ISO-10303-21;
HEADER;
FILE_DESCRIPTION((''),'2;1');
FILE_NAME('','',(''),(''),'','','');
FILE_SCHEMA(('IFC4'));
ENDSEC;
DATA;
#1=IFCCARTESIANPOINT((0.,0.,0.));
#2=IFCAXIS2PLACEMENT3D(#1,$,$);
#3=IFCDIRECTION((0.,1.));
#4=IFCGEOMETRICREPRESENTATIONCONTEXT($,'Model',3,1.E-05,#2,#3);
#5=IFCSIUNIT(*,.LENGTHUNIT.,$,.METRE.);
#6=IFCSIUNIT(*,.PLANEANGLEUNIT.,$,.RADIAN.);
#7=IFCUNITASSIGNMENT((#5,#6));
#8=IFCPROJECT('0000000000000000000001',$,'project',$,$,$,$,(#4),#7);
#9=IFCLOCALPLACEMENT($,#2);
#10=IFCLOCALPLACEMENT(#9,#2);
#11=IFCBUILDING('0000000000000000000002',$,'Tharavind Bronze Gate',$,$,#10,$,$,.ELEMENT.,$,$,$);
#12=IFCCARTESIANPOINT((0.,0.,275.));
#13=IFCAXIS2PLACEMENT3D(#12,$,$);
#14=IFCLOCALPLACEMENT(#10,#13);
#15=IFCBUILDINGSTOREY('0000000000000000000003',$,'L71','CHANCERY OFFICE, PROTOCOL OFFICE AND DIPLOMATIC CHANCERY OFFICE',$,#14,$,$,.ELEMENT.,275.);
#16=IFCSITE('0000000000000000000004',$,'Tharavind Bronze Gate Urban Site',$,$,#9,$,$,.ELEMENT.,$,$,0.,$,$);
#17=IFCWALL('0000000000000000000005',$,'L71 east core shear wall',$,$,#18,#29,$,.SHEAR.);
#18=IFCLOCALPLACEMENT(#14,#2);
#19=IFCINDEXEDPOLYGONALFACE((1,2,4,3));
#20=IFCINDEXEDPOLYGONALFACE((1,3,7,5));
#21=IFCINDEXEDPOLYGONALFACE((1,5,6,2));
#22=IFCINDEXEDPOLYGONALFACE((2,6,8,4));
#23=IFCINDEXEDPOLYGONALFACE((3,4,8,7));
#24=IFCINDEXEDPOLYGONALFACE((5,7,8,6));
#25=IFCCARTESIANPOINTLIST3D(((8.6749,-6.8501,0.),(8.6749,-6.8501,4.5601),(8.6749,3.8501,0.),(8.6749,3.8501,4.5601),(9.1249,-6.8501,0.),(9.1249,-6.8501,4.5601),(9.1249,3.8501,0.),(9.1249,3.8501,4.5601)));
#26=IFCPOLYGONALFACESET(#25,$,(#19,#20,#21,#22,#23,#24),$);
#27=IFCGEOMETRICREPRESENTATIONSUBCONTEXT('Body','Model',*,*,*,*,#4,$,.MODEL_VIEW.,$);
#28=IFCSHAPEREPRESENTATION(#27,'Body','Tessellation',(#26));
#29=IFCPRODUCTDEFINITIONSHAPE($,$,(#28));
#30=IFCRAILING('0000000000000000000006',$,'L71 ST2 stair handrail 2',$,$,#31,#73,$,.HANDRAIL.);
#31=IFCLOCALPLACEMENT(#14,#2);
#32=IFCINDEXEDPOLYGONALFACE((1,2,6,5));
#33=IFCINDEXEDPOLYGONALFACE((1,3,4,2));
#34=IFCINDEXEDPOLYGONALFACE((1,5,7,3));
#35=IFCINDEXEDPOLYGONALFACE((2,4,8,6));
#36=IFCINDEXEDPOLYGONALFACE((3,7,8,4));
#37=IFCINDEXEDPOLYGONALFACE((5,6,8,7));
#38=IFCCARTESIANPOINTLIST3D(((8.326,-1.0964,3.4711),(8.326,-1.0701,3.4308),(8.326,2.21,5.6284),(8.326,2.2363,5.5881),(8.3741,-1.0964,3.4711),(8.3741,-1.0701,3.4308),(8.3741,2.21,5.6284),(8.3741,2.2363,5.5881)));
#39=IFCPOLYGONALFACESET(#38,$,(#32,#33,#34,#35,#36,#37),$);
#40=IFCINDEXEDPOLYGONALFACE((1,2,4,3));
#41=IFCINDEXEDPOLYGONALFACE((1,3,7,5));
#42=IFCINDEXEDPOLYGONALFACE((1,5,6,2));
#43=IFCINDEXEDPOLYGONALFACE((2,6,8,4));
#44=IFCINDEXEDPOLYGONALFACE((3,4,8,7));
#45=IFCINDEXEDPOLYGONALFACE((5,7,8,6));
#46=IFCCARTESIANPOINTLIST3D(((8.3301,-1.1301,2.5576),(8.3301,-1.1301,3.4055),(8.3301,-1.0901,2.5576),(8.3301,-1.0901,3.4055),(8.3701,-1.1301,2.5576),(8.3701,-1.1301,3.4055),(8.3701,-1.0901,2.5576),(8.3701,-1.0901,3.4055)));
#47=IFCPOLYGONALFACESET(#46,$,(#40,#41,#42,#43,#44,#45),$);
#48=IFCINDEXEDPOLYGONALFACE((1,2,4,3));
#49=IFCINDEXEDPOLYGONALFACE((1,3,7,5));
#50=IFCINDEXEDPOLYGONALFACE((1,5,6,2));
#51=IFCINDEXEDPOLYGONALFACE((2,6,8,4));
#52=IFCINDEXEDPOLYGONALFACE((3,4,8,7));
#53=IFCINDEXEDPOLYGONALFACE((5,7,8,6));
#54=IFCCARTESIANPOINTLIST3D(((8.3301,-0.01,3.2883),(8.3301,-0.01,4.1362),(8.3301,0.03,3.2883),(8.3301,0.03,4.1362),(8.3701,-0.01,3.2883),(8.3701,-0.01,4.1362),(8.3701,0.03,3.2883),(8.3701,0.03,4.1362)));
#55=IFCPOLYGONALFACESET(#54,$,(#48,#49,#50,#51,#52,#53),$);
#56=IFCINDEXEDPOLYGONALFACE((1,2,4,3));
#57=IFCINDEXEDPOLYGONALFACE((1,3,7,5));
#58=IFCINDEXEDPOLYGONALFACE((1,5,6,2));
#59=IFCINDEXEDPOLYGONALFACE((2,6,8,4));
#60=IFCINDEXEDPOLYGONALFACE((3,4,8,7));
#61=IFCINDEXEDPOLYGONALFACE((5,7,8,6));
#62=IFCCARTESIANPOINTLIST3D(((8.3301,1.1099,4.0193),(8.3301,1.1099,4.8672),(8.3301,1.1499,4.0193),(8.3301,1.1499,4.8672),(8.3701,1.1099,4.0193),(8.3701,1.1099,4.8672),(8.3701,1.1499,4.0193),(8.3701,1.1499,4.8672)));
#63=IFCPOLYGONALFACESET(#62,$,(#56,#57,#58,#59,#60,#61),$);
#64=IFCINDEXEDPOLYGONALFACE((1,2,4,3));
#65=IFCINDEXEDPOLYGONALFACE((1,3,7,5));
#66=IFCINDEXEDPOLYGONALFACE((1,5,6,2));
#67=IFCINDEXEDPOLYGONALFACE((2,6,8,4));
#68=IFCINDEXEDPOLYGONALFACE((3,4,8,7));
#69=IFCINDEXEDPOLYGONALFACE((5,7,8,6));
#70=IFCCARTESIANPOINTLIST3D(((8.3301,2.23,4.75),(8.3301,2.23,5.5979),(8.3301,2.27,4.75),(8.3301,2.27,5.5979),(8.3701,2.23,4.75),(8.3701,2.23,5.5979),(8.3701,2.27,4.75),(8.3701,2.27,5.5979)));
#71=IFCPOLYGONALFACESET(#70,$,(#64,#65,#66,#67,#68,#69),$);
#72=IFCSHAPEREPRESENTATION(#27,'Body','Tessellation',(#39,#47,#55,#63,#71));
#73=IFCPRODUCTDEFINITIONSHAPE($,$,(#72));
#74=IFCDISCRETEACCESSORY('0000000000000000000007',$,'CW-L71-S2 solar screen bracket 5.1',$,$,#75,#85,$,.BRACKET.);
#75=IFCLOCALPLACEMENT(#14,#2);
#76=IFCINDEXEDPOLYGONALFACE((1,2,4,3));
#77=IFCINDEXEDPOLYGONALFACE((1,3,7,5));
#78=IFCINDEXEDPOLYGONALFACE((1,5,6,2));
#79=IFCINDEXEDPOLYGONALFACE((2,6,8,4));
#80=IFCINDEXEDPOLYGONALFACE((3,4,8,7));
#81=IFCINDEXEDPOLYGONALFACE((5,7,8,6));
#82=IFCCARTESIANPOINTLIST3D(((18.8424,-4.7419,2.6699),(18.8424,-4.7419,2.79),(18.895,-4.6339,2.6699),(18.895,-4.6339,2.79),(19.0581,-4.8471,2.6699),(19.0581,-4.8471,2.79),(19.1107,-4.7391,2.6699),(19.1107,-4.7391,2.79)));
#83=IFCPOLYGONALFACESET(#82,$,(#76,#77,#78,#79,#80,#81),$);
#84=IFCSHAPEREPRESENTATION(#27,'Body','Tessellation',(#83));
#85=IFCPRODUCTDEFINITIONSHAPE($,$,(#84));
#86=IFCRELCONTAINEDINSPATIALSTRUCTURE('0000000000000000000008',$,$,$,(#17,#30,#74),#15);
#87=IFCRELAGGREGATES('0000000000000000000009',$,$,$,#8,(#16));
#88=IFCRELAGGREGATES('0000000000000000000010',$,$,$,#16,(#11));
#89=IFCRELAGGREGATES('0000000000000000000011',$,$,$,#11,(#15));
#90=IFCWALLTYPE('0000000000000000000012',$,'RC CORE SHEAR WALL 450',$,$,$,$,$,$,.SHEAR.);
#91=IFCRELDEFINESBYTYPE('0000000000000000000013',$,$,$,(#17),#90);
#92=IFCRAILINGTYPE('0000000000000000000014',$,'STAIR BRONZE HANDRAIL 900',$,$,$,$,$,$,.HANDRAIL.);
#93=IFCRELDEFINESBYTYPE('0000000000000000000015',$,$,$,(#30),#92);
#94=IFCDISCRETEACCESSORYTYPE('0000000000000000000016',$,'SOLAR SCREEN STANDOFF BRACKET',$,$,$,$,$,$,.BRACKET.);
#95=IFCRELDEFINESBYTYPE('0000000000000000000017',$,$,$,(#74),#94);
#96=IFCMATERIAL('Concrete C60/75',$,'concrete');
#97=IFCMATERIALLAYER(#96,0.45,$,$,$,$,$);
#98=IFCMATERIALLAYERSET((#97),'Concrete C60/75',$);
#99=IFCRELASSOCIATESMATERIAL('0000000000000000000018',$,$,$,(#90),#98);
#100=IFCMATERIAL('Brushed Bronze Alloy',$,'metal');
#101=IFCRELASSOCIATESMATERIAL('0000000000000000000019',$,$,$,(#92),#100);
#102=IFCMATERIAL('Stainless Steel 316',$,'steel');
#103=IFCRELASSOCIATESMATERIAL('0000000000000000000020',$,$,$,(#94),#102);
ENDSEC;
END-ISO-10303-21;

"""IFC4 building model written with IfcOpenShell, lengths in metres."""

from ifc_helpers import new_model, si_unit, direction, frame, frame_2d, origin, origin_2d, place, context, subcontext, project, spatial, rectangle, extrude, material, layer, layer_set, type_object, element, save


model = new_model("IFC4")

# Units and contexts
model_context = context("Model", 3, precision=1e-05, world=origin(), true_north=direction((0.0, 1.0)))
body_context = subcontext(model_context, "Body", "Model", "MODEL_VIEW")
ifc_project = project(units=[si_unit("LENGTHUNIT", "METRE"), si_unit("PLANEANGLEUNIT", "RADIAN")], contexts=[model_context])

# Site, building, storey
site_placement = place(None, origin())
site = spatial("IfcSite", under=ifc_project, at=site_placement, Name="Tharavind Bronze Gate Urban Site", CompositionType="ELEMENT", RefElevation=0.0)
building_placement = place(site_placement, origin())
building = spatial("IfcBuilding", under=site, at=building_placement, Name="Tharavind Bronze Gate", CompositionType="ELEMENT")
storey_placement = place(building_placement, frame((0.0, 0.0, 275.0)))
storey = spatial("IfcBuildingStorey", under=building, at=storey_placement, Name="L71", Description="CHANCERY OFFICE, PROTOCOL OFFICE AND DIPLOMATIC CHANCERY OFFICE", CompositionType="ELEMENT", Elevation=275.0)

# Wall
ifc_material_1 = material(Name="Concrete C60/75", Category="concrete")
ifc_layer_1 = layer(ifc_material_1, 0.45)
ifc_layer_set_1 = layer_set([ifc_layer_1], Name="Concrete C60/75")
wall_type_1 = type_object("IfcWallType", Name="RC CORE SHEAR WALL 450", PredefinedType="SHEAR", material=ifc_layer_set_1)
wall_1_placement = place(storey_placement, frame((8.8999, -6.8501, 0.0), z_axis=(0.0, 0.0, 1.0), x_axis=(0.0, 1.0, 0.0)))
element("IfcWall", 1, at=wall_1_placement, inside=storey, type_object=wall_type_1, Name="L71 east core shear wall", PredefinedType="SHEAR", context=body_context, shape_type="SweptSolid", body=[
    extrude(rectangle(XDim=10.7002, YDim=0.45, at=frame_2d((5.3501, 0.0))), origin(), (0.0, 0.0, 1.0), 4.5601),
])

# Railing
ifc_material_2 = material(Name="Brushed Bronze Alloy", Category="metal")
railing_type = type_object("IfcRailingType", Name="STAIR BRONZE HANDRAIL 900", PredefinedType="HANDRAIL", material=ifc_material_2)
railing_placement = place(storey_placement, frame((8.3501, -1.1101, 2.5576)))
element("IfcRailing", 2, at=railing_placement, inside=storey, type_object=railing_type, Name="L71 ST2 stair handrail 2", PredefinedType="HANDRAIL", context=body_context, shape_type="SweptSolid", body=[
    extrude(rectangle(XDim=0.0481, YDim=0.0481, at=origin_2d()), frame((0.0, 0.0269, 0.8933), z_axis=(0.0, 0.837496, 0.546444), x_axis=(-1.0, 0.0, 0.0)), (0.0, 0.0, 1.0), 3.948),
    extrude(rectangle(XDim=0.04, YDim=0.04, at=origin_2d()), origin(), (0.0, 0.0, 1.0), 0.8479),
    extrude(rectangle(XDim=0.04, YDim=0.04, at=origin_2d()), frame((0.0, 1.1201, 0.7307)), (0.0, 0.0, 1.0), 0.8479),
    extrude(rectangle(XDim=0.04, YDim=0.04, at=origin_2d()), frame((0.0, 2.24, 1.4617)), (0.0, 0.0, 1.0), 0.8479),
    extrude(rectangle(XDim=0.04, YDim=0.04, at=origin_2d()), frame((0.0, 3.3601, 2.1924)), (0.0, 0.0, 1.0), 0.8479),
])

# Discrete accessory
ifc_material_3 = material(Name="Stainless Steel 316", Category="steel")
discrete_accessory_type = type_object("IfcDiscreteAccessoryType", Name="SOLAR SCREEN STANDOFF BRACKET", PredefinedType="BRACKET", material=ifc_material_3)
discrete_accessory_placement = place(storey_placement, frame((18.9766, -4.7405, 2.6699), z_axis=(0.0, 0.0, 1.0), x_axis=(0.438373, 0.898793, 0.0)))
element("IfcDiscreteAccessory", 3, at=discrete_accessory_placement, inside=storey, type_object=discrete_accessory_type, Name="CW-L71-S2 solar screen bracket 5.1", PredefinedType="BRACKET", context=body_context, shape_type="SweptSolid", body=[
    extrude(rectangle(XDim=0.1201, YDim=0.24, at=origin_2d()), origin(), (0.0, 0.0, 1.0), 0.1201),
])

save(model, "model.ifc")
